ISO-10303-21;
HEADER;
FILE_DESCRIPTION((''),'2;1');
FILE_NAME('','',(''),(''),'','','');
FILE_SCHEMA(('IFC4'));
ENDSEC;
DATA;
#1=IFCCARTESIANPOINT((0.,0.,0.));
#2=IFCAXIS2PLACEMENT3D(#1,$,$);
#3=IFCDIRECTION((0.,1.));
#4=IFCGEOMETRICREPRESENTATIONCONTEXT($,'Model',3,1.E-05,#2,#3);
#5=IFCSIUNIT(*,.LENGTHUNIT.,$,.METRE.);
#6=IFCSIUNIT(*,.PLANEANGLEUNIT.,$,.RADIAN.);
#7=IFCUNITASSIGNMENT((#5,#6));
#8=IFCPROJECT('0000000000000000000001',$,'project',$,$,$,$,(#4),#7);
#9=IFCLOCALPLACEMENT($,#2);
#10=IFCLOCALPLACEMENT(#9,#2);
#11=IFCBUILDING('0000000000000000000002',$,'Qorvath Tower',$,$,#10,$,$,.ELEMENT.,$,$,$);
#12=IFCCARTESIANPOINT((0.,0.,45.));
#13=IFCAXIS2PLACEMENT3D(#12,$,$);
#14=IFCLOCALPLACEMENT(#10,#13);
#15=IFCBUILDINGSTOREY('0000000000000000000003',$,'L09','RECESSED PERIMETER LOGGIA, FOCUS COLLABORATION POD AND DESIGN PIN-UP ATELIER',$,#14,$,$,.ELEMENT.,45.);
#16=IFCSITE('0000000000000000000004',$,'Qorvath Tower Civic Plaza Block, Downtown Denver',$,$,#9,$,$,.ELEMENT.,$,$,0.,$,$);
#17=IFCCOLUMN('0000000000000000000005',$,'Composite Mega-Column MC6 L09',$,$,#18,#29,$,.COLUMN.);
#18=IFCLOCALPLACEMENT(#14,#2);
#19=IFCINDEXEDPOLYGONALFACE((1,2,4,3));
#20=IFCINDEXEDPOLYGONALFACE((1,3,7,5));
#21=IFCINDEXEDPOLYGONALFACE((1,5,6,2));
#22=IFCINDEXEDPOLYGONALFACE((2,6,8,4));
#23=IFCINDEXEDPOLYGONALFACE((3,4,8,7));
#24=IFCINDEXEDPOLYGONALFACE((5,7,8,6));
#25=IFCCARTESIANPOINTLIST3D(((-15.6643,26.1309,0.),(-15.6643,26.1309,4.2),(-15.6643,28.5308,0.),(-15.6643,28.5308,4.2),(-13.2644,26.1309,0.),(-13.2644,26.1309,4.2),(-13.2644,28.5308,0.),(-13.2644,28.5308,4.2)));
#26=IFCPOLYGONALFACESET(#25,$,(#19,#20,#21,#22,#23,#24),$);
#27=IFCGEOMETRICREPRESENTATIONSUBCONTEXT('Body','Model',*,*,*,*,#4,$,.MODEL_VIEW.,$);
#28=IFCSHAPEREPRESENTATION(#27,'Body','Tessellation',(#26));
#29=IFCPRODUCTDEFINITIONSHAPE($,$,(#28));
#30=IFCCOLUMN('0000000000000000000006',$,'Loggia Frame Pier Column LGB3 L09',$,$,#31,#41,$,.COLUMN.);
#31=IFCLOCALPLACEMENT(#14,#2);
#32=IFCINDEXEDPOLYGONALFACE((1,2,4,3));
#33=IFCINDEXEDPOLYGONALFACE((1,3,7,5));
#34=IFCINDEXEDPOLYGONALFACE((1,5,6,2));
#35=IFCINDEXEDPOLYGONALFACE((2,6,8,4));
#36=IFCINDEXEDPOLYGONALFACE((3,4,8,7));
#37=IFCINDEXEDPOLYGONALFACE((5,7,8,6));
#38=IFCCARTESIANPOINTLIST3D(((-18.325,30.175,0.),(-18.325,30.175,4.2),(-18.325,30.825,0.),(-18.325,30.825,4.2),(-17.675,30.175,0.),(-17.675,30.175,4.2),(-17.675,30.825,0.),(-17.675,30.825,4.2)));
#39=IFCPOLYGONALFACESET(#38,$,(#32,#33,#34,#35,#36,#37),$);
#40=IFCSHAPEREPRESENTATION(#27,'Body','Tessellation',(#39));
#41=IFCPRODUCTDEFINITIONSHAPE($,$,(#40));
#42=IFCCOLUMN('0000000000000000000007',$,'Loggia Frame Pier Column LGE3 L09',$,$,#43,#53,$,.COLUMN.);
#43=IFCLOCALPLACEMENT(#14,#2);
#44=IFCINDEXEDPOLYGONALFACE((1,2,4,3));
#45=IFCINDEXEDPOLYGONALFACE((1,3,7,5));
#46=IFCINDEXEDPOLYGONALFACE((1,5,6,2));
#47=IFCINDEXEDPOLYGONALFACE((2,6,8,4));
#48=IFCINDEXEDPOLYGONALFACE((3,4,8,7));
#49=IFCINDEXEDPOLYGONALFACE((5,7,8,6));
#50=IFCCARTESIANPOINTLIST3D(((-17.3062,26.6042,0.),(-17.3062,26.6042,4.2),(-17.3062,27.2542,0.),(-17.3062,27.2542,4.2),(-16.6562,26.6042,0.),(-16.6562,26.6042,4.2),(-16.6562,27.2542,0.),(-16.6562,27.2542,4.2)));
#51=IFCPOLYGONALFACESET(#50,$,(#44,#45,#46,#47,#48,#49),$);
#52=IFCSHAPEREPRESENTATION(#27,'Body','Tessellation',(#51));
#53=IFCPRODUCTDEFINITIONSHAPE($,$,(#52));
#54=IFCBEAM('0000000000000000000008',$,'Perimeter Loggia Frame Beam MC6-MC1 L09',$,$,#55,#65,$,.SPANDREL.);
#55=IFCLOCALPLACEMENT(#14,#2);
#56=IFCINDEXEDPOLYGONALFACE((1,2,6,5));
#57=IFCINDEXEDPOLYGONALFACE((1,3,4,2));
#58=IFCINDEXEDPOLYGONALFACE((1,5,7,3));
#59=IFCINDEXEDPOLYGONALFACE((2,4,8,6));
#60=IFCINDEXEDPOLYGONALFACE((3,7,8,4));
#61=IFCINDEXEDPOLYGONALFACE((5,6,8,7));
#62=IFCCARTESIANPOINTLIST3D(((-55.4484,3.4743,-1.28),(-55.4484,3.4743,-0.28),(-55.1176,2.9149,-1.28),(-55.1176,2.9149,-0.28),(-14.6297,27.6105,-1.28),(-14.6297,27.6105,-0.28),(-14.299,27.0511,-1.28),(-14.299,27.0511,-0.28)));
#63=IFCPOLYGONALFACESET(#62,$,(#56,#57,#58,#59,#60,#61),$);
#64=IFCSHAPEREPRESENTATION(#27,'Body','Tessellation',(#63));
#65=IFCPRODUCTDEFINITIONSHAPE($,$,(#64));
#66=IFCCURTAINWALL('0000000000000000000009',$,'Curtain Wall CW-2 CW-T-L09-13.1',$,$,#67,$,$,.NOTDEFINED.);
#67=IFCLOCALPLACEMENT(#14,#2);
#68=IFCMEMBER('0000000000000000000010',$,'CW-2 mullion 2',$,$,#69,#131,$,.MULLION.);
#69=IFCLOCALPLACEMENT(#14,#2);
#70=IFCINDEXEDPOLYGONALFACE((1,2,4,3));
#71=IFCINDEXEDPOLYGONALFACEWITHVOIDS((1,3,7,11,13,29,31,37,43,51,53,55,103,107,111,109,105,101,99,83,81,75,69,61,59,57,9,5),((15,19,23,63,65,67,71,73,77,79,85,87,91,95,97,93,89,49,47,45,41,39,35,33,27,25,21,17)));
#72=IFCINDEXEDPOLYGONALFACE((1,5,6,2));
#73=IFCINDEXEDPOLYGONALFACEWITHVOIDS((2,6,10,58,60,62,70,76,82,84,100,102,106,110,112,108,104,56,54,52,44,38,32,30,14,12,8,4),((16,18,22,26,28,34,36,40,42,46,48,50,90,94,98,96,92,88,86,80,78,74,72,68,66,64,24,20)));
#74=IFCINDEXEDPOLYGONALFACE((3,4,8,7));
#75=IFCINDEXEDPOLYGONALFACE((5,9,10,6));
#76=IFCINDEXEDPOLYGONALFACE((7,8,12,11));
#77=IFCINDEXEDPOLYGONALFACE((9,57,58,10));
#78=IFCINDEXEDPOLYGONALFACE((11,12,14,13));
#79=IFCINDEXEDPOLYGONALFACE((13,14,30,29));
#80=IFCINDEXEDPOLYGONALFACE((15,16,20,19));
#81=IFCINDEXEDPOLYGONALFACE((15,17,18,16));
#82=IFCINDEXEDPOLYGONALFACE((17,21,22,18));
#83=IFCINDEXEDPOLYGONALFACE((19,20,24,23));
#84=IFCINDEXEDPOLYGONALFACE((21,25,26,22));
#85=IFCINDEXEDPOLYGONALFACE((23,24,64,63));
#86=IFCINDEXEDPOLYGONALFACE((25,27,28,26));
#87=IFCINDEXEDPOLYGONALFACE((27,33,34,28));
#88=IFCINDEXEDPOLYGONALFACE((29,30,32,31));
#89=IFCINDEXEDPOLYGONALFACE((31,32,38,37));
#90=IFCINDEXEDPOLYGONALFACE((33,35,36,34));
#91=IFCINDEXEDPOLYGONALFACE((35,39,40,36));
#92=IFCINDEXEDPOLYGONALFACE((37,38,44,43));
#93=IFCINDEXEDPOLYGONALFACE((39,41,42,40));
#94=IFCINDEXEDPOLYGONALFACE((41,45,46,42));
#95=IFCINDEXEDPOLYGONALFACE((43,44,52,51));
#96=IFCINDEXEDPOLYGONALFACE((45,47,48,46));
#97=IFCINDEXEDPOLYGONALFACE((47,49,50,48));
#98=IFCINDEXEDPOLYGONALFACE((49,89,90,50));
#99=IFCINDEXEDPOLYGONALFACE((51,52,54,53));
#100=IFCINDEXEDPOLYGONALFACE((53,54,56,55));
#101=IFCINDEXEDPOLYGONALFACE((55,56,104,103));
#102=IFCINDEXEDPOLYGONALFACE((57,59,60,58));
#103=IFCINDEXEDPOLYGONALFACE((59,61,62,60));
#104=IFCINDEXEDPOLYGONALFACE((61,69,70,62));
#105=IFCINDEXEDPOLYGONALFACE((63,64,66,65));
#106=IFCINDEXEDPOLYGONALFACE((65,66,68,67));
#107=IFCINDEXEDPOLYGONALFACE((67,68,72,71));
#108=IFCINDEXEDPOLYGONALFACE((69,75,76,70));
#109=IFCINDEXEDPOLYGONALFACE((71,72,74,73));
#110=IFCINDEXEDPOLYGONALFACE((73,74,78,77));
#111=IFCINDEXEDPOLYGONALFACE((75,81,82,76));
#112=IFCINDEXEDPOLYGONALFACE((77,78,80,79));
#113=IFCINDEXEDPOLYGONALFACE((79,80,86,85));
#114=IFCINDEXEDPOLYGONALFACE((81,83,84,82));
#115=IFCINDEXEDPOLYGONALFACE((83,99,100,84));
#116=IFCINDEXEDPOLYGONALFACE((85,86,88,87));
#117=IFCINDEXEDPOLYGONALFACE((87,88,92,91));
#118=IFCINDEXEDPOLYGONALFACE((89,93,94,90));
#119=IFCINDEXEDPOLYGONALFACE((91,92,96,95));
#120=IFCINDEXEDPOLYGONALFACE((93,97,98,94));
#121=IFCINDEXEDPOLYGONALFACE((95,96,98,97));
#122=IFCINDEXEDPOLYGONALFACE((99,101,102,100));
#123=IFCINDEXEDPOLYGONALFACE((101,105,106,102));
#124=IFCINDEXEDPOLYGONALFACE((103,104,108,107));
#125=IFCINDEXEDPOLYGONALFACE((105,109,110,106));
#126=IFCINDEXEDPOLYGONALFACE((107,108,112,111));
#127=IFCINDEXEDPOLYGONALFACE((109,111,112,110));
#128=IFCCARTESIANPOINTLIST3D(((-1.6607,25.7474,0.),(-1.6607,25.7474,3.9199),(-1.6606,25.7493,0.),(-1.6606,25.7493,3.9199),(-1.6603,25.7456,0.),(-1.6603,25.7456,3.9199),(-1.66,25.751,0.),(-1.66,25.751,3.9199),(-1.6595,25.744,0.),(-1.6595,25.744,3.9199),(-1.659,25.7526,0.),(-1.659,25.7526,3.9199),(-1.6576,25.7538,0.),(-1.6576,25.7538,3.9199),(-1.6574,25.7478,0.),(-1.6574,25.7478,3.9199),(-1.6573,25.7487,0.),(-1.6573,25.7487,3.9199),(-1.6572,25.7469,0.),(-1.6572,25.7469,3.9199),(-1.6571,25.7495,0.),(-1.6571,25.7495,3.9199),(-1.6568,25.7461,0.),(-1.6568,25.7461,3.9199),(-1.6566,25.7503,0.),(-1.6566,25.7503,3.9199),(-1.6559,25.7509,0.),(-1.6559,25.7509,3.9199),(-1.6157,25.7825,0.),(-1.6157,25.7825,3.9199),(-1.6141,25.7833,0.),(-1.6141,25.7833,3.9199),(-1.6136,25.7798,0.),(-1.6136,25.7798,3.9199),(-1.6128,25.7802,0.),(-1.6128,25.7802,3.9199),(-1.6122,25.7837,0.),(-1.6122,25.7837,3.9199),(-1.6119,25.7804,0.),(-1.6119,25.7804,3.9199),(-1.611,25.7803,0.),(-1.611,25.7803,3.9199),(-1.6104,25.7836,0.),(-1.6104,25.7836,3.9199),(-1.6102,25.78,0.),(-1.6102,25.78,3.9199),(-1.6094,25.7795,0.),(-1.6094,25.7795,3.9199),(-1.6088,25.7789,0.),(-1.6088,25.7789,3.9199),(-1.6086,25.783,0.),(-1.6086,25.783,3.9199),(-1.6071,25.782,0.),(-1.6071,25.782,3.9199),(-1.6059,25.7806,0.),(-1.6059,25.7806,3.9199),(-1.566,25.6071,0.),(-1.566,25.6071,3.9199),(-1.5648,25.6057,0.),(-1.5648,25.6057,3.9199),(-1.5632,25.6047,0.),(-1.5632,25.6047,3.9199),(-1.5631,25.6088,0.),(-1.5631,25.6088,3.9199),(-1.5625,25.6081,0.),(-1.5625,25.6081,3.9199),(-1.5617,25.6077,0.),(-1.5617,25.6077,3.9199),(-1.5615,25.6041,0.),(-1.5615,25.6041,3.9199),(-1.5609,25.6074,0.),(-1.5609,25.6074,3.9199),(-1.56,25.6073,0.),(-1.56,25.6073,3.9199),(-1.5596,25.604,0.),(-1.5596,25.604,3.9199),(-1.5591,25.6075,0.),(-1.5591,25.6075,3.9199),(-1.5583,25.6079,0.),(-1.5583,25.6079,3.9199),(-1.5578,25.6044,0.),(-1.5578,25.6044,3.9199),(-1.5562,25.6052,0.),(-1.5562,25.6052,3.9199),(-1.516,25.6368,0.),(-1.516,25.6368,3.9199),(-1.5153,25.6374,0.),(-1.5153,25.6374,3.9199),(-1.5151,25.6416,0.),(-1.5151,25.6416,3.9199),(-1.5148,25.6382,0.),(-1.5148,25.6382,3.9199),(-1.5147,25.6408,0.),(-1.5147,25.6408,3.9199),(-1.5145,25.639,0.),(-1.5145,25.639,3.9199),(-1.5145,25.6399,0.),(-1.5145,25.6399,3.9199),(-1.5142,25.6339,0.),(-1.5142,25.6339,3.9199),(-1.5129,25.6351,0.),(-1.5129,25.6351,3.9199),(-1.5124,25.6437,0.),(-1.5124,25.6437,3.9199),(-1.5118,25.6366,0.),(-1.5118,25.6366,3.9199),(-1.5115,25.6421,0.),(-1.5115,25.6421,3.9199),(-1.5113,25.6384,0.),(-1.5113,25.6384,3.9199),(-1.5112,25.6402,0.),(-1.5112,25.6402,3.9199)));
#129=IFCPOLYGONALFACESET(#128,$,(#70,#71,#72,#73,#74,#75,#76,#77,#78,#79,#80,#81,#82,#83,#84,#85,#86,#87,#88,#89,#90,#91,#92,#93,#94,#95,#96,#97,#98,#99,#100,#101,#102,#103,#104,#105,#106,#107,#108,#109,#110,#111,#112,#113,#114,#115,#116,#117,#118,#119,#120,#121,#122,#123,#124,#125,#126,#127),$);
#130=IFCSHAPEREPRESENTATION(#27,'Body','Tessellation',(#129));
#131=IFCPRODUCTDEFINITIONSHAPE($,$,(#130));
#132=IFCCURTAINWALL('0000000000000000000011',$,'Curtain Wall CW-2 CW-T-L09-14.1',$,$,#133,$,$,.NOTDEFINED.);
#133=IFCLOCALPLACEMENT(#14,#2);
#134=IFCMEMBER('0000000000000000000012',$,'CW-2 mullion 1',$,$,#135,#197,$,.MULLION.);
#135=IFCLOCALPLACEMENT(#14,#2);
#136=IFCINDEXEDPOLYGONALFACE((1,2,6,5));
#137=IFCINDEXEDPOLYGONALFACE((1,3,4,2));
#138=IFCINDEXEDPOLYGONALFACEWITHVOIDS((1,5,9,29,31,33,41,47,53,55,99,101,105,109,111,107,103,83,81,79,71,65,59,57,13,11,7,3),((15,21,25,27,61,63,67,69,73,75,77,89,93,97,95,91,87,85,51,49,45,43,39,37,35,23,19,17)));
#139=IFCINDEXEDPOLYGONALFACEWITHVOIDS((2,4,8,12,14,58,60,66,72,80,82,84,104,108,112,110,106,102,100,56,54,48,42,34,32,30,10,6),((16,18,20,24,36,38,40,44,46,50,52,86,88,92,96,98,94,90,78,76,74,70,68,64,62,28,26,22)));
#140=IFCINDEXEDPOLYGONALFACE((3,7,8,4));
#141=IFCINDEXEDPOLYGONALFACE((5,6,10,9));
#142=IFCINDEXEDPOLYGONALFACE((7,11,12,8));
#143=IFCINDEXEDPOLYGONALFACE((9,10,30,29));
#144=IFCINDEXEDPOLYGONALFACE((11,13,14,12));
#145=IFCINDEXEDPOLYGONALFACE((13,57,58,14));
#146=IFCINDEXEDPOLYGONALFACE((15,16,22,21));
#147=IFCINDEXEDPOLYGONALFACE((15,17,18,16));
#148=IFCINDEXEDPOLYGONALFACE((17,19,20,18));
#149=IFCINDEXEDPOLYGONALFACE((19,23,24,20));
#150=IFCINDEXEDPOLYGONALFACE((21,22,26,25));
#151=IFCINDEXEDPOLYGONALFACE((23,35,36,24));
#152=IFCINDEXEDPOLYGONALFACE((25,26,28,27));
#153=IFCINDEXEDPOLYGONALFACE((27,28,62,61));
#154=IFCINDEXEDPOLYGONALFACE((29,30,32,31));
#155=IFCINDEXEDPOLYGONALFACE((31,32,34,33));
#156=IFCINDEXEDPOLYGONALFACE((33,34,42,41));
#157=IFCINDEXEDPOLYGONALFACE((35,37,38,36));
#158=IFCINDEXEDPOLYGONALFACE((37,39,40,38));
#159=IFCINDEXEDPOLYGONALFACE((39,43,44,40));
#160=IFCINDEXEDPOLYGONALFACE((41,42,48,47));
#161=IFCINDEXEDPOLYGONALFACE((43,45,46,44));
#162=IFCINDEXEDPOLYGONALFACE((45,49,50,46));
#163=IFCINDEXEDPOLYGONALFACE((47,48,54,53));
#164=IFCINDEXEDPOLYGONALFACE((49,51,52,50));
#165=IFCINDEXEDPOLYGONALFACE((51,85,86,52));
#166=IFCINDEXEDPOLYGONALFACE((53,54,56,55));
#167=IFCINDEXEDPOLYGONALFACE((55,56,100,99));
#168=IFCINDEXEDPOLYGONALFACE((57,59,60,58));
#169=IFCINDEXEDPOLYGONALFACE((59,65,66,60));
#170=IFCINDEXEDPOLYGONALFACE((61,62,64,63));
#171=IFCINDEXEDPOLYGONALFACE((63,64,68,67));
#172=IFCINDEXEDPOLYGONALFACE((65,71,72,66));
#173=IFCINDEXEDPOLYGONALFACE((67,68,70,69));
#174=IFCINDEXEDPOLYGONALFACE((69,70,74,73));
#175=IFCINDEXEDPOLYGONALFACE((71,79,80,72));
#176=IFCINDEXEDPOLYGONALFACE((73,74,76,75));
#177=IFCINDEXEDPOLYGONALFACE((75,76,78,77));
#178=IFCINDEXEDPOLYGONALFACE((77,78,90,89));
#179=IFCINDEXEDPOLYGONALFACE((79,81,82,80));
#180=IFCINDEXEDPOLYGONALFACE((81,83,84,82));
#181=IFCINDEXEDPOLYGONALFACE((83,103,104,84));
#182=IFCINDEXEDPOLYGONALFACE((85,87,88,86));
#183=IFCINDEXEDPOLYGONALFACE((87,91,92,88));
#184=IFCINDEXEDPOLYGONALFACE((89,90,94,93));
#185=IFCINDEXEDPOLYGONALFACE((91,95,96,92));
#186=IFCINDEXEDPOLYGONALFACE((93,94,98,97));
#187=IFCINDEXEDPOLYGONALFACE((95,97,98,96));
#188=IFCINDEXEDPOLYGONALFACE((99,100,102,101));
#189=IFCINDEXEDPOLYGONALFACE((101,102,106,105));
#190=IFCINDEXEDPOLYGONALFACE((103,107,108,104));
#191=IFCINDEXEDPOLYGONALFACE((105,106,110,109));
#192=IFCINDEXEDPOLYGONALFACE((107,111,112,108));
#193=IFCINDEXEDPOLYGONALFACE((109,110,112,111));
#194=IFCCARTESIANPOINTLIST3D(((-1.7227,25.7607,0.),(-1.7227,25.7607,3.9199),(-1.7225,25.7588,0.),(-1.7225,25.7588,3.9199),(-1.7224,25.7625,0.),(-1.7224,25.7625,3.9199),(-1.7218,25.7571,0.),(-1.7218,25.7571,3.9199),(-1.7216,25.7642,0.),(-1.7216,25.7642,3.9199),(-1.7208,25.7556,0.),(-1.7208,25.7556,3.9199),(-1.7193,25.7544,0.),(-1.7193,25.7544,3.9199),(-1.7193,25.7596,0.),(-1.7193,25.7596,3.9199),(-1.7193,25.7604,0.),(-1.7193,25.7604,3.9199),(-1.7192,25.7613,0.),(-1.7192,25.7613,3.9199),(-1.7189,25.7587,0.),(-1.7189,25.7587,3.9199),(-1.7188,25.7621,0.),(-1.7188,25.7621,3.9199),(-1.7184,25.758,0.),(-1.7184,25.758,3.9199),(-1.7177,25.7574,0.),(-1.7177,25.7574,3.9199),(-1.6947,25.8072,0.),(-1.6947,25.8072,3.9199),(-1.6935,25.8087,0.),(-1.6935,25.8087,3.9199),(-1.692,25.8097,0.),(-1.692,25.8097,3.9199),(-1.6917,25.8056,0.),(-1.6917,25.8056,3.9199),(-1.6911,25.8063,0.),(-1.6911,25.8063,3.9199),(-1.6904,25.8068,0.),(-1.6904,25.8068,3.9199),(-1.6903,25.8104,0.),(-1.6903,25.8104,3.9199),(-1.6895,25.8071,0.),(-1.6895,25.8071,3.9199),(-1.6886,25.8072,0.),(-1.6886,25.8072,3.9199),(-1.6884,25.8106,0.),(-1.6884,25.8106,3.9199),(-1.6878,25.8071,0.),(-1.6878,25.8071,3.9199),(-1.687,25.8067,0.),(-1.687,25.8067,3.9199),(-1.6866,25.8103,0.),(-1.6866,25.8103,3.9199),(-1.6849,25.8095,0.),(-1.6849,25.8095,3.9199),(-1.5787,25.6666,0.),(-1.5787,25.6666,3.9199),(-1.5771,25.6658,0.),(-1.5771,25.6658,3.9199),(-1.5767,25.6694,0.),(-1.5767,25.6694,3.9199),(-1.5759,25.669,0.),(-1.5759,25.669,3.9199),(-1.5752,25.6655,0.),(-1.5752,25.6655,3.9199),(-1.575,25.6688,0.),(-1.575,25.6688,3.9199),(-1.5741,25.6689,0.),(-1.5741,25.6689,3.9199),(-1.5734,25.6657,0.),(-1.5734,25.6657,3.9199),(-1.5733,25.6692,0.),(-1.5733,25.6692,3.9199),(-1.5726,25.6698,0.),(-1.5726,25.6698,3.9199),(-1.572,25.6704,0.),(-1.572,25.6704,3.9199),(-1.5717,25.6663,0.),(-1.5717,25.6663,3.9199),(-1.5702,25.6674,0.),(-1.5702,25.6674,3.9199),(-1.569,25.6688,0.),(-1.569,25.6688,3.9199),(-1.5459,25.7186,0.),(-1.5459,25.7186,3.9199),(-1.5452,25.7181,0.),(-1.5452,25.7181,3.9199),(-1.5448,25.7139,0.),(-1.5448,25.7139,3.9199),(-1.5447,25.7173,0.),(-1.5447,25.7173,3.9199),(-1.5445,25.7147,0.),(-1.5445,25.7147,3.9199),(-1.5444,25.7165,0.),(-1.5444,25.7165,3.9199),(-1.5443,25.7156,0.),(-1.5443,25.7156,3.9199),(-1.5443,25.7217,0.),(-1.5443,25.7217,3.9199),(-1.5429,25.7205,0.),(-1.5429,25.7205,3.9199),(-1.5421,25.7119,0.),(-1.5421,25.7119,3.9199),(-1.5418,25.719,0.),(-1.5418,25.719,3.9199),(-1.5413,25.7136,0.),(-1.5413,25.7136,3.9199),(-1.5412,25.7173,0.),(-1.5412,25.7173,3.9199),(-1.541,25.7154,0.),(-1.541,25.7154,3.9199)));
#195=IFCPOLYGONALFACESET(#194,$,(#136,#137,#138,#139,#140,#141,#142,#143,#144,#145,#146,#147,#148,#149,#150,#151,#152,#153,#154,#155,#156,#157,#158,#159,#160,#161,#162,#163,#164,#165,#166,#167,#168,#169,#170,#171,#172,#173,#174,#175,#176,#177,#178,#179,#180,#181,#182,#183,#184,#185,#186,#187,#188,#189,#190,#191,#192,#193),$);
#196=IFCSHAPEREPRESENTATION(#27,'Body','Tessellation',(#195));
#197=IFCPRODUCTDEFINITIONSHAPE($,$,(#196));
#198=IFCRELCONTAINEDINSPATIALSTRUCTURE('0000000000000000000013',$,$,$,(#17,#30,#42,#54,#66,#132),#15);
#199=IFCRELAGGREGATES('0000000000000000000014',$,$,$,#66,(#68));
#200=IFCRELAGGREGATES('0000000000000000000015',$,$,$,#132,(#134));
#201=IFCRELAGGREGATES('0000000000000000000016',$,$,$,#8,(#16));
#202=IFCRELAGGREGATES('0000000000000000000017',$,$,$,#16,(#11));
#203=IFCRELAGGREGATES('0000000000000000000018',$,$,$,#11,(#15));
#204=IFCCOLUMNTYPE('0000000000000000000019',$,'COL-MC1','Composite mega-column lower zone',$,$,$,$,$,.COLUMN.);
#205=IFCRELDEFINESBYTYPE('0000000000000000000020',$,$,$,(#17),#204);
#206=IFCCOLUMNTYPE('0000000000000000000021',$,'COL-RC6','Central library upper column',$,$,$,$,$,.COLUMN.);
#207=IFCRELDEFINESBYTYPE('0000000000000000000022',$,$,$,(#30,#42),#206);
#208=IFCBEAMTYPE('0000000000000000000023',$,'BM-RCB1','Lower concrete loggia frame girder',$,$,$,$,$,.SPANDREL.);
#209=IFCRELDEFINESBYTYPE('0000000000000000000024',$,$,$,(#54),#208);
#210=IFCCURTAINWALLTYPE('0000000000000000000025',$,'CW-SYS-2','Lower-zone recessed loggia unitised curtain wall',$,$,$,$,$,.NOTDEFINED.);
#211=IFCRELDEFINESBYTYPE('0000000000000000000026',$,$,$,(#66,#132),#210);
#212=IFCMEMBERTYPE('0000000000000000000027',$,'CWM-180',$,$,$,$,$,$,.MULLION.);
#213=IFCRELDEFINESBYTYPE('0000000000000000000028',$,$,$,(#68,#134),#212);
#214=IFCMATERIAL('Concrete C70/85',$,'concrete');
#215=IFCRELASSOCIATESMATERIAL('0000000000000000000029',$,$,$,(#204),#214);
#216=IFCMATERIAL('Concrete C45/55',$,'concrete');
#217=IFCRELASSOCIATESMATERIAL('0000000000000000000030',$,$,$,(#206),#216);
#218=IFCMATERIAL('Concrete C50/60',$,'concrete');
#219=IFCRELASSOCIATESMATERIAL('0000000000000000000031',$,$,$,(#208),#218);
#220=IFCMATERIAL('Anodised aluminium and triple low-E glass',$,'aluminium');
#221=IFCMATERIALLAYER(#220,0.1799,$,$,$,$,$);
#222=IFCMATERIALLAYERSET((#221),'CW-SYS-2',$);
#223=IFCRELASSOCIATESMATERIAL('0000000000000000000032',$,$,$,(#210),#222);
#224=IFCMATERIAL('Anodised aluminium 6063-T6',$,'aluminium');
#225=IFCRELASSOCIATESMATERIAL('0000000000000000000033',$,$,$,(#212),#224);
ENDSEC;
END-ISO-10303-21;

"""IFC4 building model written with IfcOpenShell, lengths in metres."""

from ifc_helpers import new_model, si_unit, direction, frame, origin, origin_2d, place, context, subcontext, project, spatial, rectangle, hollow_rectangle, extrude, material, layer, layer_set, material_profile, profile_set, type_object, element, aggregate, save


model = new_model("IFC4")

# Units and contexts
model_context = context("Model", 3, precision=1e-05, world=origin(), true_north=direction((0.0, 1.0)))
body_context = subcontext(model_context, "Body", "Model", "MODEL_VIEW")
ifc_project = project(units=[si_unit("LENGTHUNIT", "METRE"), si_unit("PLANEANGLEUNIT", "RADIAN")], contexts=[model_context])

# Site, building, storey
site_placement = place(None, origin())
site = spatial("IfcSite", under=ifc_project, at=site_placement, Name="Qorvath Tower Civic Plaza Block, Downtown Denver", CompositionType="ELEMENT", RefElevation=0.0)
building_placement = place(site_placement, origin())
building = spatial("IfcBuilding", under=site, at=building_placement, Name="Qorvath Tower", CompositionType="ELEMENT")
storey_placement = place(building_placement, frame((0.0, 0.0, 45.0)))
storey = spatial("IfcBuildingStorey", under=building, at=storey_placement, Name="L09", Description="RECESSED PERIMETER LOGGIA, FOCUS COLLABORATION POD AND DESIGN PIN-UP ATELIER", CompositionType="ELEMENT", Elevation=45.0)

# Columns
ifc_material_1 = material(Name="Concrete C70/85", Category="concrete")
ifc_material_profile_1 = material_profile(ifc_material_1, rectangle(XDim=2.3999, YDim=2.3999, at=origin_2d()), Name="MC 2400x2400")
ifc_profile_set_1 = profile_set([ifc_material_profile_1], Name="Concrete C70/85")
column_type_1 = type_object("IfcColumnType", Name="COL-MC1", Description="Composite mega-column lower zone", PredefinedType="COLUMN", material=ifc_profile_set_1)
column_placement = place(storey_placement, frame((-14.4644, 27.3308, 0.0), z_axis=(0.0, 0.0, 1.0), x_axis=(1.0, 0.0, 0.0)))
element("IfcColumn", 1, at=column_placement, inside=storey, type_object=column_type_1, Name="Composite Mega-Column MC6 L09", PredefinedType="COLUMN", context=body_context, shape_type="SweptSolid", body=[
    extrude(rectangle(XDim=2.3999, YDim=2.3999, at=origin_2d()), origin(), (0.0, 0.0, 1.0), 4.2),
])
ifc_material_2 = material(Name="Concrete C45/55", Category="concrete")
ifc_material_profile_2 = material_profile(ifc_material_2, rectangle(XDim=0.6499, YDim=0.6499, at=origin_2d()), Name="RC 650x650")
ifc_profile_set_2 = profile_set([ifc_material_profile_2], Name="Concrete C45/55")
column_type_2 = type_object("IfcColumnType", Name="COL-RC6", Description="Central library upper column", PredefinedType="COLUMN", material=ifc_profile_set_2)
for number, where, z_axis, x_axis, name in (
    (2, (-18.0, 30.5, 0.0), (0.0, 0.0, 1.0), (1.0, 0.0, 0.0), "Loggia Frame Pier Column LGB3 L09"),
    (3, (-16.9812, 26.9292, 0.0), (0.0, 0.0, 1.0), (1.0, 0.0, 0.0), "Loggia Frame Pier Column LGE3 L09"),
):
    element("IfcColumn", number, at=place(storey_placement, frame(where, z_axis=z_axis, x_axis=x_axis)), inside=storey, type_object=column_type_2, Name=name, PredefinedType="COLUMN", context=body_context, shape_type="SweptSolid", body=[
        extrude(rectangle(XDim=0.6499, YDim=0.6499, at=origin_2d()), origin(), (0.0, 0.0, 1.0), 4.2),
    ])

# Beam
ifc_material_3 = material(Name="Concrete C50/60", Category="concrete")
ifc_material_profile_3 = material_profile(ifc_material_3, rectangle(XDim=0.6499, YDim=1.0, at=origin_2d()), Name="RCB 1000x650")
ifc_profile_set_3 = profile_set([ifc_material_profile_3], Name="Concrete C50/60")
beam_type = type_object("IfcBeamType", Name="BM-RCB1", Description="Lower concrete loggia frame girder", PredefinedType="SPANDREL", material=ifc_profile_set_3)
beam_placement = place(storey_placement, frame((-14.4644, 27.3308, -0.78), z_axis=(-0.860777, -0.508982, 0.0), x_axis=(0.508982, -0.860777, 0.0)))
element("IfcBeam", 4, at=beam_placement, inside=storey, type_object=beam_type, Name="Perimeter Loggia Frame Beam MC6-MC1 L09", PredefinedType="SPANDREL", context=body_context, shape_type="SweptSolid", body=[
    extrude(rectangle(XDim=0.6499, YDim=1.0, at=origin_2d()), origin(), (0.0, 0.0, 1.0), 47.4207),
])

# Curtain wall, member
ifc_material_4 = material(Name="Anodised aluminium and triple low-E glass", Category="aluminium")
ifc_layer_1 = layer(ifc_material_4, 0.1799)
ifc_layer_set_1 = layer_set([ifc_layer_1], Name="CW-SYS-2")
curtain_wall_type = type_object("IfcCurtainWallType", Name="CW-SYS-2", Description="Lower-zone recessed loggia unitised curtain wall", PredefinedType="NOTDEFINED", material=ifc_layer_set_1)
curtain_wall_1_placement = place(storey_placement, origin())
curtain_wall_1 = element("IfcCurtainWall", 5, at=curtain_wall_1_placement, inside=storey, type_object=curtain_wall_type, Name="Curtain Wall CW-2 CW-T-L09-13.1", PredefinedType="NOTDEFINED")
ifc_material_5 = material(Name="Anodised aluminium 6063-T6", Category="aluminium")
ifc_material_profile_4 = material_profile(ifc_material_5, hollow_rectangle(XDim=0.0649, YDim=0.1799, WallThickness=0.0034, InnerFilletRadius=0.0034, OuterFilletRadius=0.0071, at=origin_2d()), Name="CWM 180x65")
ifc_profile_set_4 = profile_set([ifc_material_profile_4], Name="Anodised aluminium 6063-T6")
member_type_1 = type_object("IfcMemberType", Name="CWM-180", PredefinedType="MULLION", material=ifc_profile_set_4)
member_1_placement = place(storey_placement, frame((-1.5859, 25.6938, 0.0), z_axis=(0.0, 0.0, 1.0), x_axis=(-0.825849, -0.563891, 0.0)))
member_1 = element("IfcMember", 6, at=member_1_placement, type_object=member_type_1, Name="CW-2 mullion 2", PredefinedType="MULLION", context=body_context, shape_type="SweptSolid", body=[
    extrude(hollow_rectangle(XDim=0.0649, YDim=0.1799, WallThickness=0.0034, InnerFilletRadius=0.0034, OuterFilletRadius=0.0071, at=origin_2d()), origin(), (0.0, 0.0, 1.0), 3.9199),
])

# Curtain wall, member
curtain_wall_2_placement = place(storey_placement, origin())
curtain_wall_2 = element("IfcCurtainWall", 7, at=curtain_wall_2_placement, inside=storey, type_object=curtain_wall_type, Name="Curtain Wall CW-2 CW-T-L09-14.1", PredefinedType="NOTDEFINED")
member_2_placement = place(storey_placement, frame((-1.6318, 25.738, 0.0), z_axis=(0.0, 0.0, 1.0), x_axis=(-0.529724, -0.84817, 0.0)))
member_2 = element("IfcMember", 8, at=member_2_placement, type_object=member_type_1, Name="CW-2 mullion 1", PredefinedType="MULLION", context=body_context, shape_type="SweptSolid", body=[
    extrude(hollow_rectangle(XDim=0.0649, YDim=0.1799, WallThickness=0.0034, InnerFilletRadius=0.0034, OuterFilletRadius=0.0071, at=origin_2d()), origin(), (0.0, 0.0, 1.0), 3.9199),
])

aggregate(curtain_wall_1, [member_1])
aggregate(curtain_wall_2, [member_2])

save(model, "model.ifc")
